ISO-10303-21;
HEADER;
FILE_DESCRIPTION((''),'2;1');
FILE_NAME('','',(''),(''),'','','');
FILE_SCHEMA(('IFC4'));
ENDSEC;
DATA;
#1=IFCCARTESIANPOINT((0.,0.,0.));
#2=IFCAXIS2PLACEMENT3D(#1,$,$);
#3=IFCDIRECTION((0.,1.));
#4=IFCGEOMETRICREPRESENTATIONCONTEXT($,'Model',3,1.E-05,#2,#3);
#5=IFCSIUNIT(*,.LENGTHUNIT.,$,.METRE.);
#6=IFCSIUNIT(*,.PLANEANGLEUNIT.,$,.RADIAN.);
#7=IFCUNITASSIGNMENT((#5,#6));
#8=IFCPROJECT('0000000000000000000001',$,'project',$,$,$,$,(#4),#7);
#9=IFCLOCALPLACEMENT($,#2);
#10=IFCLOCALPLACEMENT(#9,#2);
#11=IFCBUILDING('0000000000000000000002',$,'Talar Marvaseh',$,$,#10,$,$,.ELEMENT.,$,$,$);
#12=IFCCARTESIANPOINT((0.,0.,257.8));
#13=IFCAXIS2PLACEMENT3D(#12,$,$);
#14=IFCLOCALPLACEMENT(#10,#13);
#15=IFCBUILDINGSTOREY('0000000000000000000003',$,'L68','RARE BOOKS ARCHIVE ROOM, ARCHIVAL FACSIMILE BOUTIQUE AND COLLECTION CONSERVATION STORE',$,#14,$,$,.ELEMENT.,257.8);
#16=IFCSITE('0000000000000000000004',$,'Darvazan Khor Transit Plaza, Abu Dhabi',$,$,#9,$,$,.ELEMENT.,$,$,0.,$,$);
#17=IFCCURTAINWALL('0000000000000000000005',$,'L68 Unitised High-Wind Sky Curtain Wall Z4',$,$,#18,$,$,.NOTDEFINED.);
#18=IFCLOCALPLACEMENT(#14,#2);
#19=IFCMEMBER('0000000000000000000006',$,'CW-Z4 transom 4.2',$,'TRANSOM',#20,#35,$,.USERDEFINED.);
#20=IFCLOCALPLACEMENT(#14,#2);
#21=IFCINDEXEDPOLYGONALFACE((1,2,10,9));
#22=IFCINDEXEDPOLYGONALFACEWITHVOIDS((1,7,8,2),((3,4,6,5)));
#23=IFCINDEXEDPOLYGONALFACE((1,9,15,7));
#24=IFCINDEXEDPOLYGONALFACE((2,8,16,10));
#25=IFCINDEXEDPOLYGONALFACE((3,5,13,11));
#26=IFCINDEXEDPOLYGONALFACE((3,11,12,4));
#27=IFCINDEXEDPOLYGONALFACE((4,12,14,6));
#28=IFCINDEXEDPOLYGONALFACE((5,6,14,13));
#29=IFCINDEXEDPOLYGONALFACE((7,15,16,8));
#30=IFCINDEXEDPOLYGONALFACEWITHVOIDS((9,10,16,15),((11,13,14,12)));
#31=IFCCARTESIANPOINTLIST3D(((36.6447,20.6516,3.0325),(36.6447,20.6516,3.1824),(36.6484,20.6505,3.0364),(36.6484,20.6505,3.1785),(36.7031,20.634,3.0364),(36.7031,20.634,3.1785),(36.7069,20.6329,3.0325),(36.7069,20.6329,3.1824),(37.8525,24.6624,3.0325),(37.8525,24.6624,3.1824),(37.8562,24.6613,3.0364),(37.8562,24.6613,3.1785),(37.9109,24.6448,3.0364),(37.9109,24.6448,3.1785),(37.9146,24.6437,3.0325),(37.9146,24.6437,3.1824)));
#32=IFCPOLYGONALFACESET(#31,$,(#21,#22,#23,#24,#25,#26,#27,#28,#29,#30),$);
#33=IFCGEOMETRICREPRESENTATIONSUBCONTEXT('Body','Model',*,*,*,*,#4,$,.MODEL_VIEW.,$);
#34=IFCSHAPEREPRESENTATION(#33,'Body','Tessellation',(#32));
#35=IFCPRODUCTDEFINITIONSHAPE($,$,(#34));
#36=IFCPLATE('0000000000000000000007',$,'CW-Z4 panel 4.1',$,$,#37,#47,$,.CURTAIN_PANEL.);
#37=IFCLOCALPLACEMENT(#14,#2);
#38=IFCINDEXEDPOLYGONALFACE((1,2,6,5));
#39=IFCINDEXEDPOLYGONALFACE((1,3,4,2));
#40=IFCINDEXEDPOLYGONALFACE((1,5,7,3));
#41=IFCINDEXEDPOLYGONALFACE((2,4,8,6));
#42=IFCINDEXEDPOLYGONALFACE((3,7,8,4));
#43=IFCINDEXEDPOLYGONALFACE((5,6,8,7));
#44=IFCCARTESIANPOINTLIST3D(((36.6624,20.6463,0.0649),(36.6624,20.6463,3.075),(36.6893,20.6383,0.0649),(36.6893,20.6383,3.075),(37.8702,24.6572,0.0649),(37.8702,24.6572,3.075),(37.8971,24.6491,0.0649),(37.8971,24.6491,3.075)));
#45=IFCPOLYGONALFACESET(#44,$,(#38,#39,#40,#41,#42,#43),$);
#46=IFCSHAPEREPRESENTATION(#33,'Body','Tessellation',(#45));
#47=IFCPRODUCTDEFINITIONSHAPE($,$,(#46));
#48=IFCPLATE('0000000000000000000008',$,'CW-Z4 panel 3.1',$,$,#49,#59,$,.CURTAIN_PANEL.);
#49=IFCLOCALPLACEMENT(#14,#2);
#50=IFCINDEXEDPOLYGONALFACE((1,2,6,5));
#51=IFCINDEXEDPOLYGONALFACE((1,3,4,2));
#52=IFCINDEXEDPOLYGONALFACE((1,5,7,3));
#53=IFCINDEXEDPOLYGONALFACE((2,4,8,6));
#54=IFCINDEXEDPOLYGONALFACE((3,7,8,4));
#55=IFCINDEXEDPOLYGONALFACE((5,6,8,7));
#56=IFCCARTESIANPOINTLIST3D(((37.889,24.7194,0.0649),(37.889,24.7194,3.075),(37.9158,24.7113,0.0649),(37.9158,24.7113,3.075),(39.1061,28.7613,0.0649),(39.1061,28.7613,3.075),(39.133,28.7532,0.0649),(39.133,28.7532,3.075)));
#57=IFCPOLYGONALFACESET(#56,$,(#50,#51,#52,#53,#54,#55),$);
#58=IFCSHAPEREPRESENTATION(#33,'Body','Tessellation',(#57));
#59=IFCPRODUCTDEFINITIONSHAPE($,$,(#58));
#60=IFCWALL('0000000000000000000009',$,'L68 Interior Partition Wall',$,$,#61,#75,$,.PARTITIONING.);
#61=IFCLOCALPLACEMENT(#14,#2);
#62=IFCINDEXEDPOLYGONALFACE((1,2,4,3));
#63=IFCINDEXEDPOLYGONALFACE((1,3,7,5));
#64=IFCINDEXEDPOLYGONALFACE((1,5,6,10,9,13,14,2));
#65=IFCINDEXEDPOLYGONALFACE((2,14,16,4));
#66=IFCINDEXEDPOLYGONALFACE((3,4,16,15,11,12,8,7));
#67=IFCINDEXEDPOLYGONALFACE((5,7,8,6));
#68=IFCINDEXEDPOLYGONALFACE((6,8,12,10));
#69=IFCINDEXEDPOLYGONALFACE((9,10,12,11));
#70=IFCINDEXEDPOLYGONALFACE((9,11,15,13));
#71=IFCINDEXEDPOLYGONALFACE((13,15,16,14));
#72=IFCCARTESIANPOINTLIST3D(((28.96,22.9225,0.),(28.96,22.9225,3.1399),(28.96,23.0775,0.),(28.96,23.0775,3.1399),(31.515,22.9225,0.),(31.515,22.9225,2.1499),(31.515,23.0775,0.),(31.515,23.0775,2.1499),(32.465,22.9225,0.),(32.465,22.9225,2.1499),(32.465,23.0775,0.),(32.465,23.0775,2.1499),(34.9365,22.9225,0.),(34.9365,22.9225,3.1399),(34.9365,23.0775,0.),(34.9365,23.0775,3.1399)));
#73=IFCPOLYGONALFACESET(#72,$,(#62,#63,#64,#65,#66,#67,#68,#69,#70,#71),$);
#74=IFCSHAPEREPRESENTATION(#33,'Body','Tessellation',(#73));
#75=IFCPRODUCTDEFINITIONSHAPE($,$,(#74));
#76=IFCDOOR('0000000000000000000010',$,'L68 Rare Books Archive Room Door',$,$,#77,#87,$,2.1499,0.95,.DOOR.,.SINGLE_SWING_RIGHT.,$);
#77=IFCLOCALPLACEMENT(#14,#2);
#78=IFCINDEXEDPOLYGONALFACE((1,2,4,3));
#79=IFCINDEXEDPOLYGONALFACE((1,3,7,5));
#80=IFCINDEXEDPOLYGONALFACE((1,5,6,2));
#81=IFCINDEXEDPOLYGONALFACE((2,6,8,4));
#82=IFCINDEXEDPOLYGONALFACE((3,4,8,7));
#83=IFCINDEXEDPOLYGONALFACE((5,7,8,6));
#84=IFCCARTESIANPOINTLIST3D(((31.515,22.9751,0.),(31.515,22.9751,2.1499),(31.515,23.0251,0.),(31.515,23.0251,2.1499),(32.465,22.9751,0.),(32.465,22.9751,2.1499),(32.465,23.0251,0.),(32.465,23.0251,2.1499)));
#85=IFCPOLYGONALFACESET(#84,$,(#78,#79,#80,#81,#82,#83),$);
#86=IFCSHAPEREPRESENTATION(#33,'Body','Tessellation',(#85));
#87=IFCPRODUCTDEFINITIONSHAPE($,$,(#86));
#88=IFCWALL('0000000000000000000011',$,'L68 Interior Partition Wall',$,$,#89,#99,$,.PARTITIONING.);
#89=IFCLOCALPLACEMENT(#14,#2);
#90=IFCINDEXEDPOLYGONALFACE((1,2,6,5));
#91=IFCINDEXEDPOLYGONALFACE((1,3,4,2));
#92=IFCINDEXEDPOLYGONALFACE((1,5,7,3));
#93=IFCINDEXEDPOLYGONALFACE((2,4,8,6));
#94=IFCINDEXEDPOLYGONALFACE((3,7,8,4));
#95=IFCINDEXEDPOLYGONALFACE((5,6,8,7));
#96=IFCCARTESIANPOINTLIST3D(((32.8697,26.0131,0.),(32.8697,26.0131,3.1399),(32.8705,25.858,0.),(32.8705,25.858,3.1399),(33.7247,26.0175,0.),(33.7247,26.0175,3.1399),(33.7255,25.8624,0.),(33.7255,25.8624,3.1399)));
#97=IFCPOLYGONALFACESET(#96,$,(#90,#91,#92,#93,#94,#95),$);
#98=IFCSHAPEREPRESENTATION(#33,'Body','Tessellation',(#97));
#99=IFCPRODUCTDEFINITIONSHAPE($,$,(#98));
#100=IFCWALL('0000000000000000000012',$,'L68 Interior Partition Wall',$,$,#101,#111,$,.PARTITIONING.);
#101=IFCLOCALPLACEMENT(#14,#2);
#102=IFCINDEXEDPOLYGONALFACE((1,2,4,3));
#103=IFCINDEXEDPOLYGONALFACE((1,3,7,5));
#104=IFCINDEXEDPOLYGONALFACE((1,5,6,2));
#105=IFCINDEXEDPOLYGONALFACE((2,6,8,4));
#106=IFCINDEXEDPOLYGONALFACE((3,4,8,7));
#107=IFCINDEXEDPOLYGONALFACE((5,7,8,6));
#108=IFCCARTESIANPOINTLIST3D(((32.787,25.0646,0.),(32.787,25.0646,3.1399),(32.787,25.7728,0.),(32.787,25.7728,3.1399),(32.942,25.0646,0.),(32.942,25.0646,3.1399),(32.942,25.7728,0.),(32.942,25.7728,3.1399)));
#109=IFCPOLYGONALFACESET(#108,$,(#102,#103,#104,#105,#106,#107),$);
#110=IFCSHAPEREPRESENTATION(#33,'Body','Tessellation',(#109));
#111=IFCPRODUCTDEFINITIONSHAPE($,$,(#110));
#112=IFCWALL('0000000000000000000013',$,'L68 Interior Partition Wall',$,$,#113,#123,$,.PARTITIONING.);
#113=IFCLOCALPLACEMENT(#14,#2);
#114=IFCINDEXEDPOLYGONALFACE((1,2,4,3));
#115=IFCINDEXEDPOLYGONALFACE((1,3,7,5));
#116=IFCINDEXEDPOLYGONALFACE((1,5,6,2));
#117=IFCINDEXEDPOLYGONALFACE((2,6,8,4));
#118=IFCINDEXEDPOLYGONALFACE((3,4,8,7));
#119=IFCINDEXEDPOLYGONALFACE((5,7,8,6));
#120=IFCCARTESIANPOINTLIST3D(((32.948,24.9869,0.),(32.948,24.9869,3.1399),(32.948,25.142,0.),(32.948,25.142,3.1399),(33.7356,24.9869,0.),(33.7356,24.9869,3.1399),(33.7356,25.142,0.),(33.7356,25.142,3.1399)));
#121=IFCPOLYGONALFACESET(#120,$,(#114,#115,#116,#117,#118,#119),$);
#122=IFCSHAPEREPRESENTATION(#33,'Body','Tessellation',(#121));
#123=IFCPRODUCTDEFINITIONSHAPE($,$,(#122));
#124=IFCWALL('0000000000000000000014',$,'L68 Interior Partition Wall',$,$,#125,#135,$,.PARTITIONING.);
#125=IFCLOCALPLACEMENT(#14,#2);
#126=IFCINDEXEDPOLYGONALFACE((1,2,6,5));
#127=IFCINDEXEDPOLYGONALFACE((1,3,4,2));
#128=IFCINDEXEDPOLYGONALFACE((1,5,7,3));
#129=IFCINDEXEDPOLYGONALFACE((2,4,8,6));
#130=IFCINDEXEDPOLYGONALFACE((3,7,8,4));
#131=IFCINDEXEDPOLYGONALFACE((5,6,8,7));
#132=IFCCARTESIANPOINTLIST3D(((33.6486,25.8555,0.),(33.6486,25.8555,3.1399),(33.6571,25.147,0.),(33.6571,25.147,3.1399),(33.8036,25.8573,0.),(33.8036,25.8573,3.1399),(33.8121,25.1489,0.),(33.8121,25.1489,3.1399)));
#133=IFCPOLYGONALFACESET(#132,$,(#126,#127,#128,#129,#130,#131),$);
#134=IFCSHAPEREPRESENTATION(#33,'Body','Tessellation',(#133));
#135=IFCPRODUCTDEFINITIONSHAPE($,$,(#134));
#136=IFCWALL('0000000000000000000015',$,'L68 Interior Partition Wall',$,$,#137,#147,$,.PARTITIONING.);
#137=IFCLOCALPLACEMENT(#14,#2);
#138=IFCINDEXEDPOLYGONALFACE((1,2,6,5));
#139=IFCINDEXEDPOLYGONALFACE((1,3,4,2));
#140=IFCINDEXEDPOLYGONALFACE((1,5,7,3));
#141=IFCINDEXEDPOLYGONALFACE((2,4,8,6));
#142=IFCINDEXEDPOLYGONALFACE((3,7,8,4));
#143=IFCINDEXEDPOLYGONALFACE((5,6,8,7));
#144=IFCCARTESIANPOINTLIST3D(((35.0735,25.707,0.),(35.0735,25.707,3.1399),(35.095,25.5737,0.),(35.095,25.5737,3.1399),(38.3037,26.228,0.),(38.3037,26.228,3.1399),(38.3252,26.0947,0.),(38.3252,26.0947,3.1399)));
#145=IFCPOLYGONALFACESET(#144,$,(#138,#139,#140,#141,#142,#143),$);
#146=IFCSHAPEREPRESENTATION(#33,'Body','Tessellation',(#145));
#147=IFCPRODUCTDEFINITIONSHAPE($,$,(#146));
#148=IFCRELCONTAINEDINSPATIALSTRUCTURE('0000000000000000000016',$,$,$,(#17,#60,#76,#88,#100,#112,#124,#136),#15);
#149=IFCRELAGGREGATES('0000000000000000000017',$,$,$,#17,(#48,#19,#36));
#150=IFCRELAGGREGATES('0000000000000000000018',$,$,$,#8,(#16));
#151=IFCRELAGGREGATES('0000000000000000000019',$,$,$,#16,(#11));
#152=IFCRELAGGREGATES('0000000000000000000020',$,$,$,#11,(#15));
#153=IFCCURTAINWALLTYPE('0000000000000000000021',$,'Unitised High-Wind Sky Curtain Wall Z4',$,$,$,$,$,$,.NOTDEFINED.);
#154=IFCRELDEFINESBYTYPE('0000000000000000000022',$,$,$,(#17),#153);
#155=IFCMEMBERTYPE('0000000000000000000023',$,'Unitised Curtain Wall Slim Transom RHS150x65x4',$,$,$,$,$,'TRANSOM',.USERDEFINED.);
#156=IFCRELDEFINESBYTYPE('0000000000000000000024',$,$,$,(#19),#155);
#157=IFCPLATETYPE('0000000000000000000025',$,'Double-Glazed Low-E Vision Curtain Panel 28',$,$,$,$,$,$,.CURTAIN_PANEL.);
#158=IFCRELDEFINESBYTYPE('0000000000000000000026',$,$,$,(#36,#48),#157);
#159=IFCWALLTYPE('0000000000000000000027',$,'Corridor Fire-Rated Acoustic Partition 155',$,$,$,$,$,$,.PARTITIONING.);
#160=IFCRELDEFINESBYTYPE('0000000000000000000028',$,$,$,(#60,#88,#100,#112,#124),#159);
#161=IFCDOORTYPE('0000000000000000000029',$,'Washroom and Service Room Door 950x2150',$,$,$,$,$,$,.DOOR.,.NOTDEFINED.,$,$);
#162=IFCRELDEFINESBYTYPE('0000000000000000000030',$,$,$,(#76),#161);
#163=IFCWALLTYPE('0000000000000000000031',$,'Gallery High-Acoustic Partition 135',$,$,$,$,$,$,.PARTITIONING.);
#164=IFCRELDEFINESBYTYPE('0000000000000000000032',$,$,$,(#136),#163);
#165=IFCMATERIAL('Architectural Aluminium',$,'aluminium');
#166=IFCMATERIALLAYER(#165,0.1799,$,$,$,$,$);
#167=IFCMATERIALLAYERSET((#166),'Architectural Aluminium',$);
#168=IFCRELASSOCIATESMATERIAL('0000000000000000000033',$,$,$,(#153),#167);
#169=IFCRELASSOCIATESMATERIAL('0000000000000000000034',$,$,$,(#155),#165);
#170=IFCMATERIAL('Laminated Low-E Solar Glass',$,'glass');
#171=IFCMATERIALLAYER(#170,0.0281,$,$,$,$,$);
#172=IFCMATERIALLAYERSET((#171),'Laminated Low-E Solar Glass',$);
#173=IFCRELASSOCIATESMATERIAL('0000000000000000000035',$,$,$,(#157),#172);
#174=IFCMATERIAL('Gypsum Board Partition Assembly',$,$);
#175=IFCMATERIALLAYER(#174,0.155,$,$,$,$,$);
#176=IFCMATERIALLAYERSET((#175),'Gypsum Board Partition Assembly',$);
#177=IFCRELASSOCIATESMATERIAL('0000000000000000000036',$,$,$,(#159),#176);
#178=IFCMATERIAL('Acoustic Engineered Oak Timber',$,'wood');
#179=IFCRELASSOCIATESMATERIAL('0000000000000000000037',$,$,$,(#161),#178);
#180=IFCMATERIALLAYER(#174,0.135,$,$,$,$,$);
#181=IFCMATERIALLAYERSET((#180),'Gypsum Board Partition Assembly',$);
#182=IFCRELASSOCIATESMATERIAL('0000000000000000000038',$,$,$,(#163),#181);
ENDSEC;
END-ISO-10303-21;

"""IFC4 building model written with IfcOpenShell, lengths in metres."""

from ifc_helpers import new_model, si_unit, direction, frame, frame_2d, origin, origin_2d, place, context, subcontext, project, spatial, rectangle, hollow_rectangle, extrude, source, transform, mapped, material, layer, layer_set, material_profile, profile_set, type_object, type_shapes, element, fill, aggregate, save


model = new_model("IFC4")

# Units and contexts
model_context = context("Model", 3, precision=1e-05, world=origin(), true_north=direction((0.0, 1.0)))
body_context = subcontext(model_context, "Body", "Model", "MODEL_VIEW")
ifc_project = project(units=[si_unit("LENGTHUNIT", "METRE"), si_unit("PLANEANGLEUNIT", "RADIAN")], contexts=[model_context])

# Site, building, storey
site_placement = place(None, origin())
site = spatial("IfcSite", under=ifc_project, at=site_placement, Name="Darvazan Khor Transit Plaza, Abu Dhabi", CompositionType="ELEMENT", RefElevation=0.0)
building_placement = place(site_placement, origin())
building = spatial("IfcBuilding", under=site, at=building_placement, Name="Talar Marvaseh", CompositionType="ELEMENT")
storey_placement = place(building_placement, frame((0.0, 0.0, 257.8)))
storey = spatial("IfcBuildingStorey", under=building, at=storey_placement, Name="L68", Description="RARE BOOKS ARCHIVE ROOM, ARCHIVAL FACSIMILE BOUTIQUE AND COLLECTION CONSERVATION STORE", CompositionType="ELEMENT", Elevation=257.8)

# Curtain wall, member, plates
ifc_material_1 = material(Name="Architectural Aluminium", Category="aluminium")
ifc_layer_1 = layer(ifc_material_1, 0.1799)
ifc_layer_set_1 = layer_set([ifc_layer_1], Name="Architectural Aluminium")
curtain_wall_type = type_object("IfcCurtainWallType", Name="Unitised High-Wind Sky Curtain Wall Z4", PredefinedType="NOTDEFINED", material=ifc_layer_set_1)
curtain_wall_placement = place(storey_placement, origin())
curtain_wall = element("IfcCurtainWall", 1, at=curtain_wall_placement, inside=storey, type_object=curtain_wall_type, Name="L68 Unitised High-Wind Sky Curtain Wall Z4", PredefinedType="NOTDEFINED")
ifc_material_profile_1 = material_profile(ifc_material_1, hollow_rectangle(XDim=0.0649, YDim=0.1499, WallThickness=0.0039, at=origin_2d()), Name="RHS150x65x4")
ifc_profile_set_1 = profile_set([ifc_material_profile_1], Name="Architectural Aluminium")
member_type_1 = type_object("IfcMemberType", Name="Unitised Curtain Wall Slim Transom RHS150x65x4", ElementType="TRANSOM", PredefinedType="USERDEFINED", material=ifc_profile_set_1)
shared_shape_1 = source(origin(), body_context, "Body", "SweptSolid", [
    extrude(hollow_rectangle(XDim=0.0649, YDim=0.1499, WallThickness=0.0039, at=origin_2d()), origin(), (0.0, 0.0, 1.0), 4.1887),
])
type_shapes(member_type_1, [shared_shape_1])
member_1_placement = place(storey_placement, frame((37.8835, 24.6531, 3.1074), z_axis=(-0.288342, -0.957527, 0.0), x_axis=(0.957527, -0.288342, 0.0)))
member_1 = element("IfcMember", 2, at=member_1_placement, type_object=member_type_1, Name="CW-Z4 transom 4.2", ObjectType="TRANSOM", PredefinedType="USERDEFINED", context=body_context, shape_type="MappedRepresentation", body=[
    mapped(shared_shape_1, transform((0.0, 0.0, 0.0), x_axis=(1.0, 0.0, 0.0), y_axis=(0.0, 1.0, 0.0), z_axis=(0.0, 0.0, 1.0), scale=1.0)),
])
ifc_material_2 = material(Name="Laminated Low-E Solar Glass", Category="glass")
ifc_layer_2 = layer(ifc_material_2, 0.0281)
ifc_layer_set_2 = layer_set([ifc_layer_2], Name="Laminated Low-E Solar Glass")
plate_type = type_object("IfcPlateType", Name="Double-Glazed Low-E Vision Curtain Panel 28", PredefinedType="CURTAIN_PANEL", material=ifc_layer_set_2)
shared_shape_2 = source(origin(), body_context, "Body", "SweptSolid", [
    extrude(rectangle(XDim=4.1887, YDim=0.0281, at=origin_2d()), origin(), (0.0, 0.0, 1.0), 3.01),
])
plate_1_placement = place(storey_placement, frame((37.2798, 22.6477, 0.0649), z_axis=(0.0, 0.0, 1.0), x_axis=(-0.288346, -0.957526, 0.0)))
plate_1 = element("IfcPlate", 3, at=plate_1_placement, type_object=plate_type, Name="CW-Z4 panel 4.1", PredefinedType="CURTAIN_PANEL", context=body_context, shape_type="MappedRepresentation", body=[
    mapped(shared_shape_2, transform((0.0, 0.0, 0.0), x_axis=(1.0, 0.0, 0.0), y_axis=(0.0, 1.0, 0.0), z_axis=(0.0, 0.0, 1.0), scale=1.0)),
])
shared_shape_3 = source(origin(), body_context, "Body", "SweptSolid", [
    extrude(rectangle(XDim=4.2212, YDim=0.0281, at=origin_2d()), origin(), (0.0, 0.0, 1.0), 3.01),
])
type_shapes(plate_type, [shared_shape_2, shared_shape_3])
plate_2_placement = place(storey_placement, frame((38.511, 26.7363, 0.0649), z_axis=(0.0, 0.0, 1.0), x_axis=(-0.288346, -0.957526, 0.0)))
plate_2 = element("IfcPlate", 4, at=plate_2_placement, type_object=plate_type, Name="CW-Z4 panel 3.1", PredefinedType="CURTAIN_PANEL", context=body_context, shape_type="MappedRepresentation", body=[
    mapped(shared_shape_3, transform((0.0, 0.0, 0.0), x_axis=(1.0, 0.0, 0.0), y_axis=(0.0, 1.0, 0.0), z_axis=(0.0, 0.0, 1.0), scale=1.0)),
])
aggregate(curtain_wall, [plate_2, member_1, plate_1])

# Wall, opening, door
ifc_material_3 = material(Name="Gypsum Board Partition Assembly")
ifc_layer_3 = layer(ifc_material_3, 0.155)
ifc_layer_set_3 = layer_set([ifc_layer_3], Name="Gypsum Board Partition Assembly")
wall_type_1 = type_object("IfcWallType", Name="Corridor Fire-Rated Acoustic Partition 155", PredefinedType="PARTITIONING", material=ifc_layer_set_3)
wall_1_placement = place(storey_placement, frame((34.9365, 23.0, 0.0), z_axis=(0.0, 0.0, 1.0), x_axis=(-1.0, 0.0, 0.0)))
wall_1 = element("IfcWall", 5, at=wall_1_placement, inside=storey, type_object=wall_type_1, Name="L68 Interior Partition Wall", PredefinedType="PARTITIONING", context=body_context, shape_type="SweptSolid", body=[
    extrude(rectangle(XDim=5.9766, YDim=0.155, at=frame_2d((2.9883, 0.0))), origin(), (0.0, 0.0, 1.0), 3.1399),
])
opening_1_placement = place(wall_1_placement, frame((2.4714, 0.0, 0.0)))
opening_1 = element("IfcOpeningElement", 6, at=opening_1_placement, cuts=wall_1, PredefinedType="OPENING", context=body_context, shape_type="SweptSolid", body=[
    extrude(rectangle(XDim=0.95, YDim=2.1499, at=frame_2d((0.4751, 1.075))), frame((0.0, 0.0874, 0.0), z_axis=(0.0, -1.0, 0.0), x_axis=(1.0, 0.0, 0.0)), (0.0, 0.0, 1.0), 0.175),
])
ifc_material_4 = material(Name="Acoustic Engineered Oak Timber", Category="wood")
door_type_1 = type_object("IfcDoorType", Name="Washroom and Service Room Door 950x2150", OperationType="NOTDEFINED", PredefinedType="DOOR", material=ifc_material_4)
shared_shape_4 = source(origin(), body_context, "Body", "SweptSolid", [
    extrude(rectangle(XDim=0.95, YDim=2.1499, at=frame_2d((0.4751, 1.075))), frame((0.0, 0.0249, 0.0), z_axis=(0.0, -1.0, 0.0), x_axis=(1.0, 0.0, 0.0)), (0.0, 0.0, 1.0), 0.05),
])
type_shapes(door_type_1, [shared_shape_4])
door_1_placement = place(opening_1_placement, origin())
door_1 = element("IfcDoor", 7, at=door_1_placement, inside=storey, type_object=door_type_1, Name="L68 Rare Books Archive Room Door", OperationType="SINGLE_SWING_RIGHT", OverallHeight=2.1499, OverallWidth=0.95, PredefinedType="DOOR", context=body_context, shape_type="MappedRepresentation", body=[
    mapped(shared_shape_4, transform((0.0, 0.0, 0.0), x_axis=(1.0, 0.0, 0.0), y_axis=(0.0, 1.0, 0.0), z_axis=(0.0, 0.0, 1.0), scale=1.0)),
])
fill(opening_1, door_1)

# Walls
wall_2_placement = place(storey_placement, frame((33.7251, 25.9399, 0.0), z_axis=(0.0, 0.0, 1.0), x_axis=(-0.999987, -0.00514, 0.0)))
element("IfcWall", 8, at=wall_2_placement, inside=storey, type_object=wall_type_1, Name="L68 Interior Partition Wall", PredefinedType="PARTITIONING", context=body_context, shape_type="SweptSolid", body=[
    extrude(rectangle(XDim=0.855, YDim=0.155, at=frame_2d((0.4275, 0.0))), origin(), (0.0, 0.0, 1.0), 3.1399),
])
wall_3_placement = place(storey_placement, frame((32.8645, 25.7727, 0.0), z_axis=(0.0, 0.0, 1.0), x_axis=(0.0, -1.0, 0.0)))
element("IfcWall", 9, at=wall_3_placement, inside=storey, type_object=wall_type_1, Name="L68 Interior Partition Wall", PredefinedType="PARTITIONING", context=body_context, shape_type="SweptSolid", body=[
    extrude(rectangle(XDim=0.7083, YDim=0.155, at=frame_2d((0.354, 0.0))), origin(), (0.0, 0.0, 1.0), 3.1399),
])
wall_4_placement = place(storey_placement, frame((32.948, 25.0645, 0.0), z_axis=(0.0, 0.0, 1.0), x_axis=(1.0, 0.0, 0.0)))
element("IfcWall", 10, at=wall_4_placement, inside=storey, type_object=wall_type_1, Name="L68 Interior Partition Wall", PredefinedType="PARTITIONING", context=body_context, shape_type="SweptSolid", body=[
    extrude(rectangle(XDim=0.7876, YDim=0.155, at=frame_2d((0.3938, 0.0))), origin(), (0.0, 0.0, 1.0), 3.1399),
])
wall_5_placement = place(storey_placement, frame((33.7346, 25.1479, 0.0), z_axis=(0.0, 0.0, 1.0), x_axis=(-0.01206, 0.999927, 0.0)))
element("IfcWall", 11, at=wall_5_placement, inside=storey, type_object=wall_type_1, Name="L68 Interior Partition Wall", PredefinedType="PARTITIONING", context=body_context, shape_type="SweptSolid", body=[
    extrude(rectangle(XDim=0.7085, YDim=0.155, at=frame_2d((0.3542, 0.0))), origin(), (0.0, 0.0, 1.0), 3.1399),
])
ifc_layer_4 = layer(ifc_material_3, 0.135)
ifc_layer_set_4 = layer_set([ifc_layer_4], Name="Gypsum Board Partition Assembly")
wall_type_2 = type_object("IfcWallType", Name="Gallery High-Acoustic Partition 135", PredefinedType="PARTITIONING", material=ifc_layer_set_4)
wall_6_placement = place(storey_placement, frame((35.0842, 25.6404, 0.0), z_axis=(0.0, 0.0, 1.0), x_axis=(0.987241, 0.15923, 0.0)))
element("IfcWall", 12, at=wall_6_placement, inside=storey, type_object=wall_type_2, Name="L68 Interior Partition Wall", PredefinedType="PARTITIONING", context=body_context, shape_type="SweptSolid", body=[
    extrude(rectangle(XDim=3.272, YDim=0.135, at=frame_2d((1.636, 0.0))), origin(), (0.0, 0.0, 1.0), 3.1399),
])

save(model, "model.ifc")
